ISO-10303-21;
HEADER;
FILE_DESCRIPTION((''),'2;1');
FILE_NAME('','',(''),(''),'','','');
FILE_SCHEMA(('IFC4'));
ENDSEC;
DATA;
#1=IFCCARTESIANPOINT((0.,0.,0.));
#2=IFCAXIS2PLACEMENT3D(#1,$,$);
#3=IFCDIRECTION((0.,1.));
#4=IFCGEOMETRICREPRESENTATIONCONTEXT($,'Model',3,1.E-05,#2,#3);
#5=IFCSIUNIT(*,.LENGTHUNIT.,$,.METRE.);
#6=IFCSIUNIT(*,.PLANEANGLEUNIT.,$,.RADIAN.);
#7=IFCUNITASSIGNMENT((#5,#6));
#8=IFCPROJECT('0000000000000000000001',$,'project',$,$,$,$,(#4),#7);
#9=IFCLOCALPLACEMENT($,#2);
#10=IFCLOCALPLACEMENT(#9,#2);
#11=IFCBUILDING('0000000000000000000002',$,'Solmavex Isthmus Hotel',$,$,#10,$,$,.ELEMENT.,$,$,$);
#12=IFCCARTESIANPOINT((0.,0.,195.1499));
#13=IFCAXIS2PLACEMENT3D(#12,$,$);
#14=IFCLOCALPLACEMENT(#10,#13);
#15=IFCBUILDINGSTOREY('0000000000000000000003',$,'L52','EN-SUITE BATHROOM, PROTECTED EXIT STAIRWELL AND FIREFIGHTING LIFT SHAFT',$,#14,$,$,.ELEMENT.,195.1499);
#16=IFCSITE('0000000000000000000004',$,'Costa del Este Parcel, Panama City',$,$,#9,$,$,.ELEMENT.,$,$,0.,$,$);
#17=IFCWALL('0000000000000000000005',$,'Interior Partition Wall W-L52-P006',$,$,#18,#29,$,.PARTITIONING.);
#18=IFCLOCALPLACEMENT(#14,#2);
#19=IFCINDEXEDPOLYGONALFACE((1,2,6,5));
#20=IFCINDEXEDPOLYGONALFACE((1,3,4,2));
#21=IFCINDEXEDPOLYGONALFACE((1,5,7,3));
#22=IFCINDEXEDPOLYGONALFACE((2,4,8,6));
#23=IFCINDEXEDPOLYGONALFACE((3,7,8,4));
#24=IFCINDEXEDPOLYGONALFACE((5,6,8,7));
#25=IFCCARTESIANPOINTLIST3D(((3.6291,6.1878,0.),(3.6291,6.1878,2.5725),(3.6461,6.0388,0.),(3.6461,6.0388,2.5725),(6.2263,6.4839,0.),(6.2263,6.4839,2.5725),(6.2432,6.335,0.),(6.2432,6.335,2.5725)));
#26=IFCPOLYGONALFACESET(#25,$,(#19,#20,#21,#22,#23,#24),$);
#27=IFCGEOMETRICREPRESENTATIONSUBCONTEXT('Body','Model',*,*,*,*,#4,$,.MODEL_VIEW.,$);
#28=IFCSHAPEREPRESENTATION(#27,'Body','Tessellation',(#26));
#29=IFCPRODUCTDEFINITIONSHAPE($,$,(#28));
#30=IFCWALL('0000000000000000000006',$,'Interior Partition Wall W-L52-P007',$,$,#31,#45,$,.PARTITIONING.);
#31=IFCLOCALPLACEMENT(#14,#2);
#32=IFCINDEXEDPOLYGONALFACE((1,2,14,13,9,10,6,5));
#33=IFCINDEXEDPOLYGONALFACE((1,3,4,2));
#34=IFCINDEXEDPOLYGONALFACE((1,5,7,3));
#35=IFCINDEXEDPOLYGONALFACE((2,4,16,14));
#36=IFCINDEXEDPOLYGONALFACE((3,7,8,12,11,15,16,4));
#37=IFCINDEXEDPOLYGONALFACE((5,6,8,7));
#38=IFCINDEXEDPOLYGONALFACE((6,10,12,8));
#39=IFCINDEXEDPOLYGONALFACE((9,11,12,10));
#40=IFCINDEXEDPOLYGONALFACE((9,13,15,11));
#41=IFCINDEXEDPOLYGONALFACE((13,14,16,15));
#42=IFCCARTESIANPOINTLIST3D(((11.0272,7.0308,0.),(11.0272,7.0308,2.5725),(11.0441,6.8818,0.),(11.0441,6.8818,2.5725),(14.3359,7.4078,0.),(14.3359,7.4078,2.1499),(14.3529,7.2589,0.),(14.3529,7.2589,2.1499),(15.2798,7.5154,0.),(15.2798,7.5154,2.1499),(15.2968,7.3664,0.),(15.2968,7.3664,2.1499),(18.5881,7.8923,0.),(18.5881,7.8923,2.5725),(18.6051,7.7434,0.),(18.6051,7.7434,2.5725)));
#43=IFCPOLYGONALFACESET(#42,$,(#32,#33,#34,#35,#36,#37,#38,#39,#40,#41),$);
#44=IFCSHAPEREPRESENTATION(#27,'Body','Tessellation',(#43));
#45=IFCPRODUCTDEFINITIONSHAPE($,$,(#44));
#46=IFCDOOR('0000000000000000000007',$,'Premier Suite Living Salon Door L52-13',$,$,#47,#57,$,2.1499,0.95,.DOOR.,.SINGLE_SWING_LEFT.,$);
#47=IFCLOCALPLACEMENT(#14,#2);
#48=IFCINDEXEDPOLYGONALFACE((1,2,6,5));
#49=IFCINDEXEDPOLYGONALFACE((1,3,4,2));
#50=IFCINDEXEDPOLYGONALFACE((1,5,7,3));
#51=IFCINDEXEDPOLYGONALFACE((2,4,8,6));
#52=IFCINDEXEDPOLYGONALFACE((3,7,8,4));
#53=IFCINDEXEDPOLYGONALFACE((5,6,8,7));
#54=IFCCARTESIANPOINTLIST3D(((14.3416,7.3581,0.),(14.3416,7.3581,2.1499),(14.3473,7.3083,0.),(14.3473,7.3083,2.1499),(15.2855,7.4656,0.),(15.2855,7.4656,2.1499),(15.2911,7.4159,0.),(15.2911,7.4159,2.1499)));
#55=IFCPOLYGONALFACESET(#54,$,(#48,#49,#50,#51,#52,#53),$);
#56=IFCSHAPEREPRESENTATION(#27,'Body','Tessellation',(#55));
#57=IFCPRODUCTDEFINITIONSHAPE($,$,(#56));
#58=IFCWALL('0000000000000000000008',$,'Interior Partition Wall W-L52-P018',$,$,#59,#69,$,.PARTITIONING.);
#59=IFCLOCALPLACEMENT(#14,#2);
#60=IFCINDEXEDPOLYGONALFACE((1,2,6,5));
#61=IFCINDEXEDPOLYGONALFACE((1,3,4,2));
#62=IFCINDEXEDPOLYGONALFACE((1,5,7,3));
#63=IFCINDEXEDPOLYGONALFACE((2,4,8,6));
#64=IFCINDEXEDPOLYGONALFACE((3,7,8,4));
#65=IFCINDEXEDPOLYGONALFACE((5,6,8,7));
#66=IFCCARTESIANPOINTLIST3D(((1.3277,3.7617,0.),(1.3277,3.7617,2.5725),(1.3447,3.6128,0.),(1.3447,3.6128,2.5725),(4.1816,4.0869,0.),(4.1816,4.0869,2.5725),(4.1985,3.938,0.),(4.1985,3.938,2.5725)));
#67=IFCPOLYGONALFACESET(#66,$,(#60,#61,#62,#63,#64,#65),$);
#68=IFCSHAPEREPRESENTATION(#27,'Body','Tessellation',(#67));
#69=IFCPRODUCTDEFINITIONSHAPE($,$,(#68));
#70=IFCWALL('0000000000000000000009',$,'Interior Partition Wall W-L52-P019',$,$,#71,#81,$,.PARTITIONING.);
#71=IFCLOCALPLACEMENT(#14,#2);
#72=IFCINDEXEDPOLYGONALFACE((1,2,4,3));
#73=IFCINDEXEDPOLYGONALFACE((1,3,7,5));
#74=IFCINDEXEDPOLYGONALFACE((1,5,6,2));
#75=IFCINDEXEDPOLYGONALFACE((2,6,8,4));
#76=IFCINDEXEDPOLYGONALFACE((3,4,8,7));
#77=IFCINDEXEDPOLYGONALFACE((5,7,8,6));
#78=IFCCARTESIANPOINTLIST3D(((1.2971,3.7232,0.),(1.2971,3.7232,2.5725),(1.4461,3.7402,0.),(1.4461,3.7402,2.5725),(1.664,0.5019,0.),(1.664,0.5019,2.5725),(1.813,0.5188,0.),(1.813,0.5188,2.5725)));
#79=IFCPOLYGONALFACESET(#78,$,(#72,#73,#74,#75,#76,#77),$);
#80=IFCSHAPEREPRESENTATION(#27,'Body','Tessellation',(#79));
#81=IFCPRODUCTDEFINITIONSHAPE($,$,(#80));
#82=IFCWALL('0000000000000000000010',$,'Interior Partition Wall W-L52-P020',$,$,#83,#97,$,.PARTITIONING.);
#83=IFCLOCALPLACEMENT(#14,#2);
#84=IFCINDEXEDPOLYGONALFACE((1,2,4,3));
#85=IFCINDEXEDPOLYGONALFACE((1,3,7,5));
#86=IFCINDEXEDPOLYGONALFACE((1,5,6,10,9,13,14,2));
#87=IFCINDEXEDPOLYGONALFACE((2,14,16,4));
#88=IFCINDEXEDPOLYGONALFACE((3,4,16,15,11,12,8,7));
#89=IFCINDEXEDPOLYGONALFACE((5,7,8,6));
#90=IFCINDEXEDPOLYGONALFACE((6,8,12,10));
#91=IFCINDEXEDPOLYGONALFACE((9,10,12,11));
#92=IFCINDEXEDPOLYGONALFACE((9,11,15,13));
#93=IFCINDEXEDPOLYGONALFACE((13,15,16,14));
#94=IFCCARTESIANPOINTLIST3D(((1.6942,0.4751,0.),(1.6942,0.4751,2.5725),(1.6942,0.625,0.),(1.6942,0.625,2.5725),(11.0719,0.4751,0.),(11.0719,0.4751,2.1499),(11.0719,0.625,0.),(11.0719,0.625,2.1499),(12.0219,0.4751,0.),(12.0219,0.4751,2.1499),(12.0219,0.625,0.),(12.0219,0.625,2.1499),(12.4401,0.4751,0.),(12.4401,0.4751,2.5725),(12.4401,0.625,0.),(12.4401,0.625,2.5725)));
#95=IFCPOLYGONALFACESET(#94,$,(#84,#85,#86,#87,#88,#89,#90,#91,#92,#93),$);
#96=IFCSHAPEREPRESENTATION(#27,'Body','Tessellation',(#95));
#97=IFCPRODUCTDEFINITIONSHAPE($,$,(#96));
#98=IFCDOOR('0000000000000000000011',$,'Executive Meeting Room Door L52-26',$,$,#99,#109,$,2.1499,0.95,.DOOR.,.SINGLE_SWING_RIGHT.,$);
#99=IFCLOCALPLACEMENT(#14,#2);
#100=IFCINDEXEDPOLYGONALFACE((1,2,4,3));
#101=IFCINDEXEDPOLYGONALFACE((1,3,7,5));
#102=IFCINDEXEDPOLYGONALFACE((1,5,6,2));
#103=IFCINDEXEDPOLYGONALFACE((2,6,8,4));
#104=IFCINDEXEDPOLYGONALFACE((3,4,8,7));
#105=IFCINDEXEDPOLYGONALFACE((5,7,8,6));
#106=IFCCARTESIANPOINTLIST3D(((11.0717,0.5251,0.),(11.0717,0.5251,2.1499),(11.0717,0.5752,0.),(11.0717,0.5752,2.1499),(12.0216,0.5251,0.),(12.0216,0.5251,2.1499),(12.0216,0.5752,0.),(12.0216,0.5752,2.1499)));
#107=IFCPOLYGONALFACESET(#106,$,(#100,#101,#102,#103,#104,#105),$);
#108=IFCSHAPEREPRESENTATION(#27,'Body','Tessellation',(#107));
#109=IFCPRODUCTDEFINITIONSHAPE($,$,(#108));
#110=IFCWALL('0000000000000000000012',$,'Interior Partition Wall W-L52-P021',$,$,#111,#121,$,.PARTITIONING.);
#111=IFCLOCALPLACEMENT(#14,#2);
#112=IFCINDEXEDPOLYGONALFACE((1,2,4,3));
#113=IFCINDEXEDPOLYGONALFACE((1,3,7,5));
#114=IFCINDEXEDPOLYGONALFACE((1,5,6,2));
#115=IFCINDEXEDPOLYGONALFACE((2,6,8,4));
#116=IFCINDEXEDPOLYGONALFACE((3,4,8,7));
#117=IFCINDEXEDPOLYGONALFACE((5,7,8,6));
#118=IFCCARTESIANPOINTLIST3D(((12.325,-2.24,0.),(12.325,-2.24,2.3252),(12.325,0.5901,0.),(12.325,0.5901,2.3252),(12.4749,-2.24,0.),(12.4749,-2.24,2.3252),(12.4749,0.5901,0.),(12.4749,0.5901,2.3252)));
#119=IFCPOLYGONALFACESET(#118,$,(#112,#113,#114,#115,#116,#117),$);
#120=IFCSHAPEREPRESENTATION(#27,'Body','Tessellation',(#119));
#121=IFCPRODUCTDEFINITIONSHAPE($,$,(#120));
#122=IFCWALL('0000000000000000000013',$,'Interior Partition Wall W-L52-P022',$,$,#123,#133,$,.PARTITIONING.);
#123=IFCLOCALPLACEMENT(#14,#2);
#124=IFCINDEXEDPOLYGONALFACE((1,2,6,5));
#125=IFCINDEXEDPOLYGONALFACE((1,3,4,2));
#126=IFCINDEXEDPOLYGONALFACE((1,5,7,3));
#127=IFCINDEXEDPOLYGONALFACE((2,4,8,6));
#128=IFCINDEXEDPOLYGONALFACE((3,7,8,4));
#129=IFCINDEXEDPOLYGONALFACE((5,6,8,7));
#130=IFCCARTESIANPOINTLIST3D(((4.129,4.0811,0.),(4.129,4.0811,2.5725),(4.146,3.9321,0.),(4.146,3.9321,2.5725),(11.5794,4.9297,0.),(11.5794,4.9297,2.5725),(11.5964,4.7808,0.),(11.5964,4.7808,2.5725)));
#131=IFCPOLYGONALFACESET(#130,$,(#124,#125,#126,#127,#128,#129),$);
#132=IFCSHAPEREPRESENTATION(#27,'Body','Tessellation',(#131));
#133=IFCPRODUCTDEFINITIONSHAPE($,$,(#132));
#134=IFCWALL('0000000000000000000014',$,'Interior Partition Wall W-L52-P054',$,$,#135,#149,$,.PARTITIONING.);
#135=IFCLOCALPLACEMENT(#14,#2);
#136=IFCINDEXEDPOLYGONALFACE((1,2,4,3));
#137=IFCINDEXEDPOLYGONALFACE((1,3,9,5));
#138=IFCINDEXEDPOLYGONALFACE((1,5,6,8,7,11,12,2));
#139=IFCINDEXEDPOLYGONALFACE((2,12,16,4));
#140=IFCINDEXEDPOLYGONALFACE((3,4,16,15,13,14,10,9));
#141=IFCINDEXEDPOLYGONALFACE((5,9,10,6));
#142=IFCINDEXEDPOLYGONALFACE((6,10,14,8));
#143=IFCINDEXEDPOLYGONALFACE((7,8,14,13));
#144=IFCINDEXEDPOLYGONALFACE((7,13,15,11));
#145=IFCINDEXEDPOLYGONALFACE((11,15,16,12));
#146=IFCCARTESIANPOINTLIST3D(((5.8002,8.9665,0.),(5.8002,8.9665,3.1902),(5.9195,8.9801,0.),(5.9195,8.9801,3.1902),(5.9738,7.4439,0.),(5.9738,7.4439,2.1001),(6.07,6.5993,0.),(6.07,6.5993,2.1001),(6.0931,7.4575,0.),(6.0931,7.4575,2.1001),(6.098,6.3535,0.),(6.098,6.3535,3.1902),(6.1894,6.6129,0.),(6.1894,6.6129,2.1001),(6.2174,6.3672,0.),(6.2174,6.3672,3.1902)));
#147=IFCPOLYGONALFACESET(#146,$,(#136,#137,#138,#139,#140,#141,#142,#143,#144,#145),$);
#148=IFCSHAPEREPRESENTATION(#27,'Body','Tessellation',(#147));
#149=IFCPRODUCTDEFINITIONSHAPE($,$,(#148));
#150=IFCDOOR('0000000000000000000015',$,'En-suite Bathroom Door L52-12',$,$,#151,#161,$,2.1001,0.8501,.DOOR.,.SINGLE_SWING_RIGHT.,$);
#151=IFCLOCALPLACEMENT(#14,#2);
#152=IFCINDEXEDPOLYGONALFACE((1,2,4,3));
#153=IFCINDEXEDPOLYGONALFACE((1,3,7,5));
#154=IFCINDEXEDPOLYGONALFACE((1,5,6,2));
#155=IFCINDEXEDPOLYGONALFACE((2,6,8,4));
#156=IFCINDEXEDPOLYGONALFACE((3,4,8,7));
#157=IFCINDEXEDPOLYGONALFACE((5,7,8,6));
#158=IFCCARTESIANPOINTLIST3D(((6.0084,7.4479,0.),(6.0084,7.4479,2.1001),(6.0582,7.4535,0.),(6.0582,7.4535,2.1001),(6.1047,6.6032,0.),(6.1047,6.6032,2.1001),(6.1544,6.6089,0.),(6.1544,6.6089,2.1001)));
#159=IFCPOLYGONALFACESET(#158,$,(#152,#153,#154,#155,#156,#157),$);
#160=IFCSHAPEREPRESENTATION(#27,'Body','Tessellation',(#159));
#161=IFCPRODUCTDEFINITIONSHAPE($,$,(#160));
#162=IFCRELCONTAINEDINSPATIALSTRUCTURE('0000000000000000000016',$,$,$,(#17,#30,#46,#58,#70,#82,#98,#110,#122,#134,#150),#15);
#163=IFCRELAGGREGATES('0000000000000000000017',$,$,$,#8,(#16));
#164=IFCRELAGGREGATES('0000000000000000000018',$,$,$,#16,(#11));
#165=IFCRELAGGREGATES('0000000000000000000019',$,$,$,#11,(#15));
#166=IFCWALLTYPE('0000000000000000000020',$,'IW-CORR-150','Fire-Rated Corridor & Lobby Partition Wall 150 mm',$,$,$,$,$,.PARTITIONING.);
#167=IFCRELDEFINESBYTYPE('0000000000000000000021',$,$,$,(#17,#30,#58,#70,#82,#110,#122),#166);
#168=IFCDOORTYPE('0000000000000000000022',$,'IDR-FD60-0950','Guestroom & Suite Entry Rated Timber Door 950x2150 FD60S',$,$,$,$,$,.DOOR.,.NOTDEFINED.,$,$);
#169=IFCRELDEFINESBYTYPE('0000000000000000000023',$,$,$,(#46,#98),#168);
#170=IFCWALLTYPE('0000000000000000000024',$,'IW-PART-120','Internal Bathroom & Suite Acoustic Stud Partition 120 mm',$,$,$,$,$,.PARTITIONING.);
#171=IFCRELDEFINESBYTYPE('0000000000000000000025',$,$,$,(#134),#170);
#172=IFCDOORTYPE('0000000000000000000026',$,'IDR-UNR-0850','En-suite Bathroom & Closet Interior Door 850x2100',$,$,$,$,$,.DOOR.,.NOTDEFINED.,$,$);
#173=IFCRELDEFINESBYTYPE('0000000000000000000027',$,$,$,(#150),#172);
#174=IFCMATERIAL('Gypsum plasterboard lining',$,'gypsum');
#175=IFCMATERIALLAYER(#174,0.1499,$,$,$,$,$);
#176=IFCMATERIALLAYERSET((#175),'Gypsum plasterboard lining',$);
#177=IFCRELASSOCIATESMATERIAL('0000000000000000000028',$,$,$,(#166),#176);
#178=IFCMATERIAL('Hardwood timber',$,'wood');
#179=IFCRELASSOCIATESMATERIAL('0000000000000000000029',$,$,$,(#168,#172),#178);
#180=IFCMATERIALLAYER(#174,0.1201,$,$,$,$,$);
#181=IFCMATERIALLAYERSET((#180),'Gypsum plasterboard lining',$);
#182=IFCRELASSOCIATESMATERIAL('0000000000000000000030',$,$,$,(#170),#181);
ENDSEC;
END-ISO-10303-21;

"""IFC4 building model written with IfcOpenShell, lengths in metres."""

from ifc_helpers import new_model, si_unit, direction, frame, frame_2d, origin, place, context, subcontext, project, spatial, rectangle, extrude, material, layer, layer_set, type_object, element, fill, save


model = new_model("IFC4")

# Units and contexts
model_context = context("Model", 3, precision=1e-05, world=origin(), true_north=direction((0.0, 1.0)))
body_context = subcontext(model_context, "Body", "Model", "MODEL_VIEW")
ifc_project = project(units=[si_unit("LENGTHUNIT", "METRE"), si_unit("PLANEANGLEUNIT", "RADIAN")], contexts=[model_context])

# Site, building, storey
site_placement = place(None, origin())
site = spatial("IfcSite", under=ifc_project, at=site_placement, Name="Costa del Este Parcel, Panama City", CompositionType="ELEMENT", RefElevation=0.0)
building_placement = place(site_placement, origin())
building = spatial("IfcBuilding", under=site, at=building_placement, Name="Solmavex Isthmus Hotel", CompositionType="ELEMENT")
storey_placement = place(building_placement, frame((0.0, 0.0, 195.1499)))
storey = spatial("IfcBuildingStorey", under=building, at=storey_placement, Name="L52", Description="EN-SUITE BATHROOM, PROTECTED EXIT STAIRWELL AND FIREFIGHTING LIFT SHAFT", CompositionType="ELEMENT", Elevation=195.1499)

# Shared definitions
ifc_material_1 = material(Name="Gypsum plasterboard lining", Category="gypsum")
ifc_layer_1 = layer(ifc_material_1, 0.1499)
ifc_layer_set_1 = layer_set([ifc_layer_1], Name="Gypsum plasterboard lining")
wall_type_1 = type_object("IfcWallType", Name="IW-CORR-150", Description="Fire-Rated Corridor & Lobby Partition Wall 150 mm", PredefinedType="PARTITIONING", material=ifc_layer_set_1)
ifc_material_2 = material(Name="Hardwood timber", Category="wood")
door_type_1 = type_object("IfcDoorType", Name="IDR-FD60-0950", Description="Guestroom & Suite Entry Rated Timber Door 950x2150 FD60S", OperationType="NOTDEFINED", PredefinedType="DOOR", material=ifc_material_2)

# Wall
wall_1_placement = place(storey_placement, frame((3.6375, 6.1133, 0.0), z_axis=(0.0, 0.0, 1.0), x_axis=(0.993562, 0.113291, 0.0)))
element("IfcWall", 1, at=wall_1_placement, inside=storey, type_object=wall_type_1, Name="Interior Partition Wall W-L52-P006", PredefinedType="PARTITIONING", context=body_context, shape_type="SweptSolid", body=[
    extrude(rectangle(XDim=2.614, YDim=0.1499, at=frame_2d((1.3071, 0.0))), origin(), (0.0, 0.0, 1.0), 2.5725),
])

# Wall, opening, door
wall_2_placement = place(storey_placement, frame((11.0356, 6.9563, 0.0), z_axis=(0.0, 0.0, 1.0), x_axis=(0.99357, 0.113216, 0.0)))
wall_2 = element("IfcWall", 2, at=wall_2_placement, inside=storey, type_object=wall_type_1, Name="Interior Partition Wall W-L52-P007", PredefinedType="PARTITIONING", context=body_context, shape_type="SweptSolid", body=[
    extrude(rectangle(XDim=7.6099, YDim=0.1499, at=frame_2d((3.8049, 0.0))), origin(), (0.0, 0.0, 1.0), 2.5725),
])
opening_1_placement = place(wall_2_placement, frame((3.3301, 0.0, 0.0)))
opening_1 = element("IfcOpeningElement", 3, at=opening_1_placement, cuts=wall_2, PredefinedType="OPENING", context=body_context, shape_type="SweptSolid", body=[
    extrude(rectangle(XDim=0.95, YDim=2.1499, at=frame_2d((0.4751, 1.075))), frame((0.0, 0.085, 0.0), z_axis=(0.0, -1.0, 0.0), x_axis=(1.0, 0.0, 0.0)), (0.0, 0.0, 1.0), 0.1699),
])
door_1_placement = place(opening_1_placement, origin())
door_1 = element("IfcDoor", 4, at=door_1_placement, inside=storey, type_object=door_type_1, Name="Premier Suite Living Salon Door L52-13", OperationType="SINGLE_SWING_LEFT", OverallHeight=2.1499, OverallWidth=0.95, PredefinedType="DOOR", context=body_context, shape_type="SweptSolid", body=[
    extrude(rectangle(XDim=0.95, YDim=2.1499, at=frame_2d((0.4751, 1.075))), frame((0.0, 0.0249, 0.0), z_axis=(0.0, -1.0, 0.0), x_axis=(1.0, 0.0, 0.0)), (0.0, 0.0, 1.0), 0.05),
])
fill(opening_1, door_1)

# Walls
wall_3_placement = place(storey_placement, frame((4.1899, 4.0125, 0.0), z_axis=(0.0, 0.0, 1.0), x_axis=(-0.99357, -0.113221, 0.0)))
element("IfcWall", 5, at=wall_3_placement, inside=storey, type_object=wall_type_1, Name="Interior Partition Wall W-L52-P018", PredefinedType="PARTITIONING", context=body_context, shape_type="SweptSolid", body=[
    extrude(rectangle(XDim=2.8723, YDim=0.1499, at=frame_2d((1.436, 0.0))), origin(), (0.0, 0.0, 1.0), 2.5725),
])
wall_4_placement = place(storey_placement, frame((1.3716, 3.7317, 0.0), z_axis=(0.0, 0.0, 1.0), x_axis=(0.113175, -0.993575, 0.0)))
element("IfcWall", 6, at=wall_4_placement, inside=storey, type_object=wall_type_1, Name="Interior Partition Wall W-L52-P019", PredefinedType="PARTITIONING", context=body_context, shape_type="SweptSolid", body=[
    extrude(rectangle(XDim=3.2422, YDim=0.1499, at=frame_2d((1.6211, 0.0))), origin(), (0.0, 0.0, 1.0), 2.5725),
])

# Wall, opening, door
wall_5_placement = place(storey_placement, frame((1.6941, 0.55, 0.0), z_axis=(0.0, 0.0, 1.0), x_axis=(1.0, 0.0, 0.0)))
wall_5 = element("IfcWall", 7, at=wall_5_placement, inside=storey, type_object=wall_type_1, Name="Interior Partition Wall W-L52-P020", PredefinedType="PARTITIONING", context=body_context, shape_type="SweptSolid", body=[
    extrude(rectangle(XDim=10.7458, YDim=0.1499, at=frame_2d((5.373, 0.0))), origin(), (0.0, 0.0, 1.0), 2.5725),
])
opening_2_placement = place(wall_5_placement, frame((9.3777, 0.0, 0.0)))
opening_2 = element("IfcOpeningElement", 8, at=opening_2_placement, cuts=wall_5, PredefinedType="OPENING", context=body_context, shape_type="SweptSolid", body=[
    extrude(rectangle(XDim=0.95, YDim=2.1499, at=frame_2d((0.4751, 1.075))), frame((0.0, 0.085, 0.0), z_axis=(0.0, -1.0, 0.0), x_axis=(1.0, 0.0, 0.0)), (0.0, 0.0, 1.0), 0.1699),
])
door_2_placement = place(opening_2_placement, frame((0.95, 0.0, 0.0), z_axis=(0.0, 0.0, 1.0), x_axis=(-1.0, 0.0, 0.0)))
door_2 = element("IfcDoor", 9, at=door_2_placement, inside=storey, type_object=door_type_1, Name="Executive Meeting Room Door L52-26", OperationType="SINGLE_SWING_RIGHT", OverallHeight=2.1499, OverallWidth=0.95, PredefinedType="DOOR", context=body_context, shape_type="SweptSolid", body=[
    extrude(rectangle(XDim=0.95, YDim=2.1499, at=frame_2d((0.4751, 1.075))), frame((0.0, 0.0249, 0.0), z_axis=(0.0, -1.0, 0.0), x_axis=(1.0, 0.0, 0.0)), (0.0, 0.0, 1.0), 0.05),
])
fill(opening_2, door_2)

# Walls
wall_6_placement = place(storey_placement, frame((12.3999, 0.5901, 0.0), z_axis=(0.0, 0.0, 1.0), x_axis=(0.0, -1.0, 0.0)))
element("IfcWall", 10, at=wall_6_placement, inside=storey, type_object=wall_type_1, Name="Interior Partition Wall W-L52-P021", PredefinedType="PARTITIONING", context=body_context, shape_type="SweptSolid", body=[
    extrude(rectangle(XDim=2.8301, YDim=0.1499, at=frame_2d((1.415, 0.0))), origin(), (0.0, 0.0, 1.0), 2.3252),
])
wall_7_placement = place(storey_placement, frame((11.5879, 4.8552, 0.0), z_axis=(0.0, 0.0, 1.0), x_axis=(-0.993575, -0.113172, 0.0)))
element("IfcWall", 11, at=wall_7_placement, inside=storey, type_object=wall_type_1, Name="Interior Partition Wall W-L52-P022", PredefinedType="PARTITIONING", context=body_context, shape_type="SweptSolid", body=[
    extrude(rectangle(XDim=7.4985, YDim=0.1499, at=frame_2d((3.7493, 0.0))), origin(), (0.0, 0.0, 1.0), 2.5725),
])

# Wall, opening, door
ifc_layer_2 = layer(ifc_material_1, 0.1201)
ifc_layer_set_2 = layer_set([ifc_layer_2], Name="Gypsum plasterboard lining")
wall_type_2 = type_object("IfcWallType", Name="IW-PART-120", Description="Internal Bathroom & Suite Acoustic Stud Partition 120 mm", PredefinedType="PARTITIONING", material=ifc_layer_set_2)
wall_8_placement = place(storey_placement, frame((6.1577, 6.3604, 0.0), z_axis=(0.0, 0.0, 1.0), x_axis=(-0.113253, 0.993566, 0.0)))
wall_8 = element("IfcWall", 12, at=wall_8_placement, inside=storey, type_object=wall_type_2, Name="Interior Partition Wall W-L52-P054", PredefinedType="PARTITIONING", context=body_context, shape_type="SweptSolid", body=[
    extrude(rectangle(XDim=2.6299, YDim=0.1201, at=frame_2d((1.3149, 0.0))), origin(), (0.0, 0.0, 1.0), 3.1902),
])
opening_3_placement = place(wall_8_placement, frame((0.2473, 0.0, 0.0)))
opening_3 = element("IfcOpeningElement", 13, at=opening_3_placement, cuts=wall_8, PredefinedType="OPENING", context=body_context, shape_type="SweptSolid", body=[
    extrude(rectangle(XDim=0.8501, YDim=2.1001, at=frame_2d((0.425, 1.05))), frame((0.0, 0.0701, 0.0), z_axis=(0.0, -1.0, 0.0), x_axis=(1.0, 0.0, 0.0)), (0.0, 0.0, 1.0), 0.1401),
])
door_type_2 = type_object("IfcDoorType", Name="IDR-UNR-0850", Description="En-suite Bathroom & Closet Interior Door 850x2100", OperationType="NOTDEFINED", PredefinedType="DOOR", material=ifc_material_2)
door_3_placement = place(opening_3_placement, frame((0.8501, 0.0, 0.0), z_axis=(0.0, 0.0, 1.0), x_axis=(-1.0, 0.0, 0.0)))
door_3 = element("IfcDoor", 14, at=door_3_placement, inside=storey, type_object=door_type_2, Name="En-suite Bathroom Door L52-12", OperationType="SINGLE_SWING_RIGHT", OverallHeight=2.1001, OverallWidth=0.8501, PredefinedType="DOOR", context=body_context, shape_type="SweptSolid", body=[
    extrude(rectangle(XDim=0.8501, YDim=2.1001, at=frame_2d((0.425, 1.05))), frame((0.0, 0.0249, 0.0), z_axis=(0.0, -1.0, 0.0), x_axis=(1.0, 0.0, 0.0)), (0.0, 0.0, 1.0), 0.05),
])
fill(opening_3, door_3)

save(model, "model.ifc")
